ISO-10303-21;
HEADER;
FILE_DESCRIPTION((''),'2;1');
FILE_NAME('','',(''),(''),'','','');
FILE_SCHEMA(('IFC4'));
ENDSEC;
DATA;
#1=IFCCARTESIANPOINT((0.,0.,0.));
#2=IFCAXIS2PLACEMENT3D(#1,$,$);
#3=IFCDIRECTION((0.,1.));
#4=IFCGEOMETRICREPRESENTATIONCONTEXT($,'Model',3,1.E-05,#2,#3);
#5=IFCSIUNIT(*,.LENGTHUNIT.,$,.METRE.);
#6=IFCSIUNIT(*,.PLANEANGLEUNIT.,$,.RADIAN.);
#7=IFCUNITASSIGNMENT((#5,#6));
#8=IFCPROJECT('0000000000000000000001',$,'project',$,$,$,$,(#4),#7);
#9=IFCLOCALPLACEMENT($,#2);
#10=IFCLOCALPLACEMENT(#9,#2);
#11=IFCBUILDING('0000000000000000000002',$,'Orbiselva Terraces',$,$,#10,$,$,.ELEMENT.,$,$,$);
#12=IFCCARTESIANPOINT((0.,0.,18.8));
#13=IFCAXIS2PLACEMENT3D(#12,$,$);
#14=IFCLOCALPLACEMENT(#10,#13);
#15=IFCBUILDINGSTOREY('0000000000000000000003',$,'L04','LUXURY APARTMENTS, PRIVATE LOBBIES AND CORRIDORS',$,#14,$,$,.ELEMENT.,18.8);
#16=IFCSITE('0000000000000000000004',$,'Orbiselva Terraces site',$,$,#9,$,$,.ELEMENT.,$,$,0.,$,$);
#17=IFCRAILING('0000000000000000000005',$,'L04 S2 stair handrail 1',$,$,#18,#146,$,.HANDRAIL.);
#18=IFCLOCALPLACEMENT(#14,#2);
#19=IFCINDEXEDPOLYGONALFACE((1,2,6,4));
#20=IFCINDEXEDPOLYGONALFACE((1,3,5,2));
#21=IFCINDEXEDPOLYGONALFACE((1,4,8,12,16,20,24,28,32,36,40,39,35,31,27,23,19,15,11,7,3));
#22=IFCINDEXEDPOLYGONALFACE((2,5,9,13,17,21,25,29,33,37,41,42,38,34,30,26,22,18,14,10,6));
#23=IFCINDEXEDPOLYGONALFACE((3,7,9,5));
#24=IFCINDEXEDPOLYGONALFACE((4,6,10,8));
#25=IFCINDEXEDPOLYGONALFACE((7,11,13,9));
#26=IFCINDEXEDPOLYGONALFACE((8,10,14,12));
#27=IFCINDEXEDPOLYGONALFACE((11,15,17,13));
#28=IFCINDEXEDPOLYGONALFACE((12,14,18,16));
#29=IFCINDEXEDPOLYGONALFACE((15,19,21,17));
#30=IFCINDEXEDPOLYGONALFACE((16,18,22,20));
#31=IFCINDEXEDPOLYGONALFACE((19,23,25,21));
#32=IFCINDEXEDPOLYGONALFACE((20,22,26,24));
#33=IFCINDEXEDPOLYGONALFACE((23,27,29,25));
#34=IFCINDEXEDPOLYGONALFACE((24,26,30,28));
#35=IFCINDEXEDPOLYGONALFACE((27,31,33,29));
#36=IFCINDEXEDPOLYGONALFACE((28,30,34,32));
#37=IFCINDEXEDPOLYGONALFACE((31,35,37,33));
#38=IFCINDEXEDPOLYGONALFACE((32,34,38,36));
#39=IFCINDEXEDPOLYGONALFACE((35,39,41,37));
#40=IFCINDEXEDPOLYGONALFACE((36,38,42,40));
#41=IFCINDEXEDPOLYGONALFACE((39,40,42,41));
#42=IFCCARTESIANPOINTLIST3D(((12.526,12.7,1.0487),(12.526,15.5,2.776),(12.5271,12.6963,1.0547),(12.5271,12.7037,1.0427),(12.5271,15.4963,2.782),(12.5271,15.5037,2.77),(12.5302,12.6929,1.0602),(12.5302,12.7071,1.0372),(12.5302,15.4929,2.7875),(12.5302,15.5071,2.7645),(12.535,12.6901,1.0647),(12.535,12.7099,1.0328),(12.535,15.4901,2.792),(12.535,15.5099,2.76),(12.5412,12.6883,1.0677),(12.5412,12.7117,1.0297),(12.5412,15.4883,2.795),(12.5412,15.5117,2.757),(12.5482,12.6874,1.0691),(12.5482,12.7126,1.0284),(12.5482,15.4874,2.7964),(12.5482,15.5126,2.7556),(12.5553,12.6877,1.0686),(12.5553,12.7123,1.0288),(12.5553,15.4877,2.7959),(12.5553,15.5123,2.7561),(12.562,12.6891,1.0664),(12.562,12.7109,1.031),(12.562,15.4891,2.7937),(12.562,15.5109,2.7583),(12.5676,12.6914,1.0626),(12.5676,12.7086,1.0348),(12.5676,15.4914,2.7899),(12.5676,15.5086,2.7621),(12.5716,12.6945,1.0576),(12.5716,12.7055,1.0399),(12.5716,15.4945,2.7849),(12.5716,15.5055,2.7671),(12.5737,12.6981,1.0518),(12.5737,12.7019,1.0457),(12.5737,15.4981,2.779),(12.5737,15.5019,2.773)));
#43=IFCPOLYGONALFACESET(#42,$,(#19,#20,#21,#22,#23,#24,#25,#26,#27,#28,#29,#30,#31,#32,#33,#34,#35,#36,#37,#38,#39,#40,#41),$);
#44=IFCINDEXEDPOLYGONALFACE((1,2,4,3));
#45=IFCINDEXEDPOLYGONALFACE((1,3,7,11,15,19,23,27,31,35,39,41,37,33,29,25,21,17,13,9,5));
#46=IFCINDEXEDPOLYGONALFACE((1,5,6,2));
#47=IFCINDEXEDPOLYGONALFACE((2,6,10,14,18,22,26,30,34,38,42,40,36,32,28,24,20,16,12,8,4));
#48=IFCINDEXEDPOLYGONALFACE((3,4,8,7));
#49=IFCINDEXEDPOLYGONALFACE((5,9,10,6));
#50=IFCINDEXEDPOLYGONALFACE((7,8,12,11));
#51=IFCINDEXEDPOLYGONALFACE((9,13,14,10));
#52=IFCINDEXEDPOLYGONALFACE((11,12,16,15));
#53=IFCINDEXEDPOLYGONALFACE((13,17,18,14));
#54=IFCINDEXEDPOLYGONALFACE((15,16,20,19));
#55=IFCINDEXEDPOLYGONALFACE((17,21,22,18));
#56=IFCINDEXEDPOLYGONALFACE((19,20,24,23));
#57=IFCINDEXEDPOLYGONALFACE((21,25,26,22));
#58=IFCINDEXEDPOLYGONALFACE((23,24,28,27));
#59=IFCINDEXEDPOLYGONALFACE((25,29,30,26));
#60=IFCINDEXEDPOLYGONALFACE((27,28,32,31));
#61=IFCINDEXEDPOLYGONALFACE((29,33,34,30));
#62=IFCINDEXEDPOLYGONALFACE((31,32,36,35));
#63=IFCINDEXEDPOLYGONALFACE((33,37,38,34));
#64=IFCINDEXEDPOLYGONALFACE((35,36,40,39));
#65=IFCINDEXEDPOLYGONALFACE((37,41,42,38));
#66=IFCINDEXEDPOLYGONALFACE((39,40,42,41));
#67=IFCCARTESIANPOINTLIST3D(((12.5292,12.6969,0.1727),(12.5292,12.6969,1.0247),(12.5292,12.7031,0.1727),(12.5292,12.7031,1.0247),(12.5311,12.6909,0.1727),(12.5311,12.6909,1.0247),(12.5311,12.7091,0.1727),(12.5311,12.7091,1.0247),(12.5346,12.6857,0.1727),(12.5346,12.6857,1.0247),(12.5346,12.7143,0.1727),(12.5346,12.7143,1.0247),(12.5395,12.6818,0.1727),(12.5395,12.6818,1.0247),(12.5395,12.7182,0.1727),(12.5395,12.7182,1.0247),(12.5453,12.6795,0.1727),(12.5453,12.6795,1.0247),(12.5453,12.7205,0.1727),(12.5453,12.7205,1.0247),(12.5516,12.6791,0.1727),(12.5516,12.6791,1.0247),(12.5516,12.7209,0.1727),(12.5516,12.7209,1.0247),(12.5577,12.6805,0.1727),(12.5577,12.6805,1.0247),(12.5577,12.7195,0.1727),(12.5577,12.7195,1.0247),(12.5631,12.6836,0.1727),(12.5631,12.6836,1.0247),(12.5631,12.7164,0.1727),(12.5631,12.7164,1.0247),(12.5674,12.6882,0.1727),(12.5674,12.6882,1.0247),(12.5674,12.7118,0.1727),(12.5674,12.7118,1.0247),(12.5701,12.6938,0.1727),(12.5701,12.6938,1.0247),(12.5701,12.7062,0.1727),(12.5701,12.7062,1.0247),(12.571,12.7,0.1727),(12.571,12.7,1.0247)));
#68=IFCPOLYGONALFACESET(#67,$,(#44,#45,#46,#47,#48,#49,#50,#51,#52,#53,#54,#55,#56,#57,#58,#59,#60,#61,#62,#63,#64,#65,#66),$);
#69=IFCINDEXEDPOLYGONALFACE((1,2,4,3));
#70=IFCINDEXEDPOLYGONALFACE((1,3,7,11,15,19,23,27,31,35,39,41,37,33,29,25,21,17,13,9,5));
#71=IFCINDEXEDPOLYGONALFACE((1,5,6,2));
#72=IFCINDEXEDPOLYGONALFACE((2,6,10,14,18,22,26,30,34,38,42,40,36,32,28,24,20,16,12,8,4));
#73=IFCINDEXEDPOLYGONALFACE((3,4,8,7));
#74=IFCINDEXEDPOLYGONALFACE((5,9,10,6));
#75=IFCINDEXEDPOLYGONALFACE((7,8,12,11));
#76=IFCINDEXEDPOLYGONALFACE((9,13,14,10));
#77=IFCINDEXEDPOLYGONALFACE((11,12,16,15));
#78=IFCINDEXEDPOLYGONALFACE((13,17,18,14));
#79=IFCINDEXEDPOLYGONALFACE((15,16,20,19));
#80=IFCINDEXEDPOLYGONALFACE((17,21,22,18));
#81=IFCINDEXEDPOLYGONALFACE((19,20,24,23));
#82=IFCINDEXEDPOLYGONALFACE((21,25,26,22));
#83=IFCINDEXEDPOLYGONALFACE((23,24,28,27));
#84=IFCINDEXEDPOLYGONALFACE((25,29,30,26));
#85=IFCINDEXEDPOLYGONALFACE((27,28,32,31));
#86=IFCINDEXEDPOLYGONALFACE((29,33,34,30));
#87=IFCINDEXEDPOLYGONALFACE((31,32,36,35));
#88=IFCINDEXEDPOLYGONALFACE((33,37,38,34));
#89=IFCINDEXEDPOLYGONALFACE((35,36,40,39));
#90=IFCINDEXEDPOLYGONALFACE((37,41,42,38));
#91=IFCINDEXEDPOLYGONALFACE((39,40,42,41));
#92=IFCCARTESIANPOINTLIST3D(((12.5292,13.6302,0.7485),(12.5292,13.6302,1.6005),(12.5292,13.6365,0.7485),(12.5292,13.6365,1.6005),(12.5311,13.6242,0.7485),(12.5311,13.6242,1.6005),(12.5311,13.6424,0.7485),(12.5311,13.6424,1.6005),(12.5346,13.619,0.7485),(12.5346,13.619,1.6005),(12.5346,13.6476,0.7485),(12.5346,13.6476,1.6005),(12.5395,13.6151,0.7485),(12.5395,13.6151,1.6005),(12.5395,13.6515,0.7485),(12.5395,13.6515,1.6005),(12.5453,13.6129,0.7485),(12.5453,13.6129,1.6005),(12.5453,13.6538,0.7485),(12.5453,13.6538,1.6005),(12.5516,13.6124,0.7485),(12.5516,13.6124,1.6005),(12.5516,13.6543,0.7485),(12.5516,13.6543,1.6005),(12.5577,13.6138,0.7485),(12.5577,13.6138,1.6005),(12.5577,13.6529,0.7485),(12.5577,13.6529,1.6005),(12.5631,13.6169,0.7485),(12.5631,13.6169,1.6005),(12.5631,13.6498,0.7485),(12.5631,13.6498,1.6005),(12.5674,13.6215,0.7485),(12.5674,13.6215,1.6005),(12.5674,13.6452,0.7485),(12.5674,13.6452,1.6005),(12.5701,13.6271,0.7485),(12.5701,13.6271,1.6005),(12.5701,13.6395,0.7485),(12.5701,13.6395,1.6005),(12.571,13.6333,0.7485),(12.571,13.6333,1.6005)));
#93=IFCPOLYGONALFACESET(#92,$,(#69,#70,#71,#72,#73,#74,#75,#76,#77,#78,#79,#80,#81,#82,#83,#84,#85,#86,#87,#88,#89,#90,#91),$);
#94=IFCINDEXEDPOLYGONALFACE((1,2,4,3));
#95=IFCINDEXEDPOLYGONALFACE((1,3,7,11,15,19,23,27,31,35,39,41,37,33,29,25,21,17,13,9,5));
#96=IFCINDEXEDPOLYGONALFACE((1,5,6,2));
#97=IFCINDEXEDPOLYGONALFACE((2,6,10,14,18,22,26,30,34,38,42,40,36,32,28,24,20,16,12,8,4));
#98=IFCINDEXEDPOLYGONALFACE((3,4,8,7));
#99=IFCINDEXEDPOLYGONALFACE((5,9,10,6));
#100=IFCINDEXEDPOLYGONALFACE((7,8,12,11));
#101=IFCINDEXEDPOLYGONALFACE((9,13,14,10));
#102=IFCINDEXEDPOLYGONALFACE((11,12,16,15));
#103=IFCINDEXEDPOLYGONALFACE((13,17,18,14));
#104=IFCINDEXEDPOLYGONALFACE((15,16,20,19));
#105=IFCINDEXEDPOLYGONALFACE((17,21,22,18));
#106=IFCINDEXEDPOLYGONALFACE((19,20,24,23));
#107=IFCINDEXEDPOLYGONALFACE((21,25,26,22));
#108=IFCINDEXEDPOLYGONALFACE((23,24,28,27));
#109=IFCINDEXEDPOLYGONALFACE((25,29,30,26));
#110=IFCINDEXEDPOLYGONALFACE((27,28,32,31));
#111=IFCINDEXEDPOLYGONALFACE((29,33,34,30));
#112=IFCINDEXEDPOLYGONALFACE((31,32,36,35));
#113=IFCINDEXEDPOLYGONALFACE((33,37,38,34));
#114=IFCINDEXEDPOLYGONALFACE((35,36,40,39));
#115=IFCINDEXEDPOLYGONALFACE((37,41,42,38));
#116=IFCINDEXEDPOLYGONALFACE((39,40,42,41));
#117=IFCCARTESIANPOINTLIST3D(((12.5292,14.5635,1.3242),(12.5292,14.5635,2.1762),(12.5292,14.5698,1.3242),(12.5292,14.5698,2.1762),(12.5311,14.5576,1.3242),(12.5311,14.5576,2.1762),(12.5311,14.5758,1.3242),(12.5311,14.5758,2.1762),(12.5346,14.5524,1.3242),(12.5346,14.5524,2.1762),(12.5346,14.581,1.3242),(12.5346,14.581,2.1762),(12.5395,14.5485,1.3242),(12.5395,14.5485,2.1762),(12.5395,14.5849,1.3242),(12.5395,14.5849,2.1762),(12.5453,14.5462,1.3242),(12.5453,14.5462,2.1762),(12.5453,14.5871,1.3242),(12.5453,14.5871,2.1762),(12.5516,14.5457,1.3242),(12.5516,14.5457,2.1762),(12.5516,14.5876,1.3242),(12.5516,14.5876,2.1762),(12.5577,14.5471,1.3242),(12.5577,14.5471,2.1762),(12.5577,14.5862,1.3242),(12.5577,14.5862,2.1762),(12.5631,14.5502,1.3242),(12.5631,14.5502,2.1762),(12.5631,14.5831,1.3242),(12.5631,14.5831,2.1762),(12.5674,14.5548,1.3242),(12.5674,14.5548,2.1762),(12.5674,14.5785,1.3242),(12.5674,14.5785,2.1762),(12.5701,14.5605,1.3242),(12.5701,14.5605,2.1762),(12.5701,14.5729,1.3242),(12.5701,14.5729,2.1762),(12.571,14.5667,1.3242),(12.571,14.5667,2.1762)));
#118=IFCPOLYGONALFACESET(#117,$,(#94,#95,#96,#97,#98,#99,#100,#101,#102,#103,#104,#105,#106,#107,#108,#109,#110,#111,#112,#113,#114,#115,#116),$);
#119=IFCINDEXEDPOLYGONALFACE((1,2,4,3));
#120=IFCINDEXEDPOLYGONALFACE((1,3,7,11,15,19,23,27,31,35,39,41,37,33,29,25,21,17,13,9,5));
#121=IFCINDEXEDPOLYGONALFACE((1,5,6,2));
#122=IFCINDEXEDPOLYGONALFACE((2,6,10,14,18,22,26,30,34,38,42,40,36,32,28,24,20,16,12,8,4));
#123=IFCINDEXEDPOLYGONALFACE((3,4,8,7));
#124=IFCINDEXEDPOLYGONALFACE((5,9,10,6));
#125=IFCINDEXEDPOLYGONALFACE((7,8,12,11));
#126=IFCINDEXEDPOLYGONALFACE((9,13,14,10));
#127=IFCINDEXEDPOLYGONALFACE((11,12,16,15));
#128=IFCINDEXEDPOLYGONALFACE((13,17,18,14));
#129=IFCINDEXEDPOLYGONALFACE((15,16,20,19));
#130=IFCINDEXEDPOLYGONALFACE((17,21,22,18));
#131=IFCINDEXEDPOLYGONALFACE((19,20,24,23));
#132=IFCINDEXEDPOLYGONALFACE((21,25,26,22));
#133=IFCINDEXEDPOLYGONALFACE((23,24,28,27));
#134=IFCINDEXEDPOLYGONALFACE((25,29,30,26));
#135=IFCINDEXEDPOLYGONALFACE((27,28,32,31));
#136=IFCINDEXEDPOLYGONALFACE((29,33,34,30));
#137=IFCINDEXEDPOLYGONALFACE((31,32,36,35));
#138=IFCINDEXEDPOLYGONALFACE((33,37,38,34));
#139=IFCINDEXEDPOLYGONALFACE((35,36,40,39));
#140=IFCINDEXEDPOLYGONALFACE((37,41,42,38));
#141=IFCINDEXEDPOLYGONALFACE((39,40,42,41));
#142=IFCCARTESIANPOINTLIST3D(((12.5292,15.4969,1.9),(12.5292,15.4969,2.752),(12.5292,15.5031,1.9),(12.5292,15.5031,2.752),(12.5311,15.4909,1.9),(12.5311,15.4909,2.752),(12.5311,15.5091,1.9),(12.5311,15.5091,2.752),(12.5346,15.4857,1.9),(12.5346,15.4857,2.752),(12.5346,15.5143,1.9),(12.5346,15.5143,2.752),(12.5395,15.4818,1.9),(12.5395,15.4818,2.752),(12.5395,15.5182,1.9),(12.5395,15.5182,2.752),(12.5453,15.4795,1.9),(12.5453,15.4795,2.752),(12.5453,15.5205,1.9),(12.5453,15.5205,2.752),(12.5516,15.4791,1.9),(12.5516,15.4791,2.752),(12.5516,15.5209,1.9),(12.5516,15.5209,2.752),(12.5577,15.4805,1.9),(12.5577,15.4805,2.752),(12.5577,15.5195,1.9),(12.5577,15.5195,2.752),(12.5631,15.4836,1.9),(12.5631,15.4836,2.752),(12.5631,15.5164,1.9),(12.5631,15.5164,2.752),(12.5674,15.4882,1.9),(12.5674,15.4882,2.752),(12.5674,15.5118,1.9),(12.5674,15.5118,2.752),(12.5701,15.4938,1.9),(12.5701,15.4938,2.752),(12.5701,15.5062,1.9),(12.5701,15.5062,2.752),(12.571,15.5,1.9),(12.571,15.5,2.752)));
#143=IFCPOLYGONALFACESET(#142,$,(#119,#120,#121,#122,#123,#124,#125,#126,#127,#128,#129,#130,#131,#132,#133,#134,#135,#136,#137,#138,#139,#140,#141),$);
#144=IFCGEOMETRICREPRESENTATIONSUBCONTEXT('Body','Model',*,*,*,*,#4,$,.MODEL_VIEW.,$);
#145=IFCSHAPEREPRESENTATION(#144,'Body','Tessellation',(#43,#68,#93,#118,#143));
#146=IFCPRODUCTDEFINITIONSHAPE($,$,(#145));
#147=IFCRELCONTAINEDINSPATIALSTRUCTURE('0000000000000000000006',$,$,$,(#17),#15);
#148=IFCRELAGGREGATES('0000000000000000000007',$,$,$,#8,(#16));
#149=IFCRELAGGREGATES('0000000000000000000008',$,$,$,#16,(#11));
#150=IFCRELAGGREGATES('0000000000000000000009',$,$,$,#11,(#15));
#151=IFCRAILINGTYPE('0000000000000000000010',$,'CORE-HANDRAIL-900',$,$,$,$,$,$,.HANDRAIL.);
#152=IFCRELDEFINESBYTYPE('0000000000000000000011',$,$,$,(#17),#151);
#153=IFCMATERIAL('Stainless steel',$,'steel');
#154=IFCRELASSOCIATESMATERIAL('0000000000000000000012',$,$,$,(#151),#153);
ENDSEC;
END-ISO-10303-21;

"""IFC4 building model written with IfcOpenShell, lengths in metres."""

from ifc_helpers import new_model, si_unit, direction, frame, origin, origin_2d, place, context, subcontext, project, spatial, circle, extrude, material, type_object, element, save


model = new_model("IFC4")

# Units and contexts
model_context = context("Model", 3, precision=1e-05, world=origin(), true_north=direction((0.0, 1.0)))
body_context = subcontext(model_context, "Body", "Model", "MODEL_VIEW")
ifc_project = project(units=[si_unit("LENGTHUNIT", "METRE"), si_unit("PLANEANGLEUNIT", "RADIAN")], contexts=[model_context])

# Site, building, storey
site_placement = place(None, origin())
site = spatial("IfcSite", under=ifc_project, at=site_placement, Name="Orbiselva Terraces site", CompositionType="ELEMENT", RefElevation=0.0)
building_placement = place(site_placement, origin())
building = spatial("IfcBuilding", under=site, at=building_placement, Name="Orbiselva Terraces", CompositionType="ELEMENT")
storey_placement = place(building_placement, frame((0.0, 0.0, 18.8)))
storey = spatial("IfcBuildingStorey", under=building, at=storey_placement, Name="L04", Description="LUXURY APARTMENTS, PRIVATE LOBBIES AND CORRIDORS", CompositionType="ELEMENT", Elevation=18.8)

# Railing
ifc_material_1 = material(Name="Stainless steel", Category="steel")
railing_type = type_object("IfcRailingType", Name="CORE-HANDRAIL-900", PredefinedType="HANDRAIL", material=ifc_material_1)
railing_1_placement = place(storey_placement, frame((12.55, 12.7, 0.1727)))
element("IfcRailing", 1, at=railing_1_placement, inside=storey, type_object=railing_type, Name="L04 S2 stair handrail 1", PredefinedType="HANDRAIL", context=body_context, shape_type="SweptSolid", body=[
    extrude(circle(Radius=0.024, at=origin_2d()), frame((0.0, 0.0, 0.876), z_axis=(0.0, 0.851089, 0.525022), x_axis=(-1.0, 0.0, 0.0)), (0.0, 0.0, 1.0), 3.2899),
    extrude(circle(Radius=0.021, at=origin_2d()), origin(), (0.0, 0.0, 1.0), 0.852),
    extrude(circle(Radius=0.021, at=origin_2d()), frame((0.0, 0.9333, 0.5758)), (0.0, 0.0, 1.0), 0.852),
    extrude(circle(Radius=0.021, at=origin_2d()), frame((0.0, 1.8667, 1.1515)), (0.0, 0.0, 1.0), 0.852),
    extrude(circle(Radius=0.021, at=origin_2d()), frame((0.0, 2.8, 1.7273)), (0.0, 0.0, 1.0), 0.852),
])

save(model, "model.ifc")
